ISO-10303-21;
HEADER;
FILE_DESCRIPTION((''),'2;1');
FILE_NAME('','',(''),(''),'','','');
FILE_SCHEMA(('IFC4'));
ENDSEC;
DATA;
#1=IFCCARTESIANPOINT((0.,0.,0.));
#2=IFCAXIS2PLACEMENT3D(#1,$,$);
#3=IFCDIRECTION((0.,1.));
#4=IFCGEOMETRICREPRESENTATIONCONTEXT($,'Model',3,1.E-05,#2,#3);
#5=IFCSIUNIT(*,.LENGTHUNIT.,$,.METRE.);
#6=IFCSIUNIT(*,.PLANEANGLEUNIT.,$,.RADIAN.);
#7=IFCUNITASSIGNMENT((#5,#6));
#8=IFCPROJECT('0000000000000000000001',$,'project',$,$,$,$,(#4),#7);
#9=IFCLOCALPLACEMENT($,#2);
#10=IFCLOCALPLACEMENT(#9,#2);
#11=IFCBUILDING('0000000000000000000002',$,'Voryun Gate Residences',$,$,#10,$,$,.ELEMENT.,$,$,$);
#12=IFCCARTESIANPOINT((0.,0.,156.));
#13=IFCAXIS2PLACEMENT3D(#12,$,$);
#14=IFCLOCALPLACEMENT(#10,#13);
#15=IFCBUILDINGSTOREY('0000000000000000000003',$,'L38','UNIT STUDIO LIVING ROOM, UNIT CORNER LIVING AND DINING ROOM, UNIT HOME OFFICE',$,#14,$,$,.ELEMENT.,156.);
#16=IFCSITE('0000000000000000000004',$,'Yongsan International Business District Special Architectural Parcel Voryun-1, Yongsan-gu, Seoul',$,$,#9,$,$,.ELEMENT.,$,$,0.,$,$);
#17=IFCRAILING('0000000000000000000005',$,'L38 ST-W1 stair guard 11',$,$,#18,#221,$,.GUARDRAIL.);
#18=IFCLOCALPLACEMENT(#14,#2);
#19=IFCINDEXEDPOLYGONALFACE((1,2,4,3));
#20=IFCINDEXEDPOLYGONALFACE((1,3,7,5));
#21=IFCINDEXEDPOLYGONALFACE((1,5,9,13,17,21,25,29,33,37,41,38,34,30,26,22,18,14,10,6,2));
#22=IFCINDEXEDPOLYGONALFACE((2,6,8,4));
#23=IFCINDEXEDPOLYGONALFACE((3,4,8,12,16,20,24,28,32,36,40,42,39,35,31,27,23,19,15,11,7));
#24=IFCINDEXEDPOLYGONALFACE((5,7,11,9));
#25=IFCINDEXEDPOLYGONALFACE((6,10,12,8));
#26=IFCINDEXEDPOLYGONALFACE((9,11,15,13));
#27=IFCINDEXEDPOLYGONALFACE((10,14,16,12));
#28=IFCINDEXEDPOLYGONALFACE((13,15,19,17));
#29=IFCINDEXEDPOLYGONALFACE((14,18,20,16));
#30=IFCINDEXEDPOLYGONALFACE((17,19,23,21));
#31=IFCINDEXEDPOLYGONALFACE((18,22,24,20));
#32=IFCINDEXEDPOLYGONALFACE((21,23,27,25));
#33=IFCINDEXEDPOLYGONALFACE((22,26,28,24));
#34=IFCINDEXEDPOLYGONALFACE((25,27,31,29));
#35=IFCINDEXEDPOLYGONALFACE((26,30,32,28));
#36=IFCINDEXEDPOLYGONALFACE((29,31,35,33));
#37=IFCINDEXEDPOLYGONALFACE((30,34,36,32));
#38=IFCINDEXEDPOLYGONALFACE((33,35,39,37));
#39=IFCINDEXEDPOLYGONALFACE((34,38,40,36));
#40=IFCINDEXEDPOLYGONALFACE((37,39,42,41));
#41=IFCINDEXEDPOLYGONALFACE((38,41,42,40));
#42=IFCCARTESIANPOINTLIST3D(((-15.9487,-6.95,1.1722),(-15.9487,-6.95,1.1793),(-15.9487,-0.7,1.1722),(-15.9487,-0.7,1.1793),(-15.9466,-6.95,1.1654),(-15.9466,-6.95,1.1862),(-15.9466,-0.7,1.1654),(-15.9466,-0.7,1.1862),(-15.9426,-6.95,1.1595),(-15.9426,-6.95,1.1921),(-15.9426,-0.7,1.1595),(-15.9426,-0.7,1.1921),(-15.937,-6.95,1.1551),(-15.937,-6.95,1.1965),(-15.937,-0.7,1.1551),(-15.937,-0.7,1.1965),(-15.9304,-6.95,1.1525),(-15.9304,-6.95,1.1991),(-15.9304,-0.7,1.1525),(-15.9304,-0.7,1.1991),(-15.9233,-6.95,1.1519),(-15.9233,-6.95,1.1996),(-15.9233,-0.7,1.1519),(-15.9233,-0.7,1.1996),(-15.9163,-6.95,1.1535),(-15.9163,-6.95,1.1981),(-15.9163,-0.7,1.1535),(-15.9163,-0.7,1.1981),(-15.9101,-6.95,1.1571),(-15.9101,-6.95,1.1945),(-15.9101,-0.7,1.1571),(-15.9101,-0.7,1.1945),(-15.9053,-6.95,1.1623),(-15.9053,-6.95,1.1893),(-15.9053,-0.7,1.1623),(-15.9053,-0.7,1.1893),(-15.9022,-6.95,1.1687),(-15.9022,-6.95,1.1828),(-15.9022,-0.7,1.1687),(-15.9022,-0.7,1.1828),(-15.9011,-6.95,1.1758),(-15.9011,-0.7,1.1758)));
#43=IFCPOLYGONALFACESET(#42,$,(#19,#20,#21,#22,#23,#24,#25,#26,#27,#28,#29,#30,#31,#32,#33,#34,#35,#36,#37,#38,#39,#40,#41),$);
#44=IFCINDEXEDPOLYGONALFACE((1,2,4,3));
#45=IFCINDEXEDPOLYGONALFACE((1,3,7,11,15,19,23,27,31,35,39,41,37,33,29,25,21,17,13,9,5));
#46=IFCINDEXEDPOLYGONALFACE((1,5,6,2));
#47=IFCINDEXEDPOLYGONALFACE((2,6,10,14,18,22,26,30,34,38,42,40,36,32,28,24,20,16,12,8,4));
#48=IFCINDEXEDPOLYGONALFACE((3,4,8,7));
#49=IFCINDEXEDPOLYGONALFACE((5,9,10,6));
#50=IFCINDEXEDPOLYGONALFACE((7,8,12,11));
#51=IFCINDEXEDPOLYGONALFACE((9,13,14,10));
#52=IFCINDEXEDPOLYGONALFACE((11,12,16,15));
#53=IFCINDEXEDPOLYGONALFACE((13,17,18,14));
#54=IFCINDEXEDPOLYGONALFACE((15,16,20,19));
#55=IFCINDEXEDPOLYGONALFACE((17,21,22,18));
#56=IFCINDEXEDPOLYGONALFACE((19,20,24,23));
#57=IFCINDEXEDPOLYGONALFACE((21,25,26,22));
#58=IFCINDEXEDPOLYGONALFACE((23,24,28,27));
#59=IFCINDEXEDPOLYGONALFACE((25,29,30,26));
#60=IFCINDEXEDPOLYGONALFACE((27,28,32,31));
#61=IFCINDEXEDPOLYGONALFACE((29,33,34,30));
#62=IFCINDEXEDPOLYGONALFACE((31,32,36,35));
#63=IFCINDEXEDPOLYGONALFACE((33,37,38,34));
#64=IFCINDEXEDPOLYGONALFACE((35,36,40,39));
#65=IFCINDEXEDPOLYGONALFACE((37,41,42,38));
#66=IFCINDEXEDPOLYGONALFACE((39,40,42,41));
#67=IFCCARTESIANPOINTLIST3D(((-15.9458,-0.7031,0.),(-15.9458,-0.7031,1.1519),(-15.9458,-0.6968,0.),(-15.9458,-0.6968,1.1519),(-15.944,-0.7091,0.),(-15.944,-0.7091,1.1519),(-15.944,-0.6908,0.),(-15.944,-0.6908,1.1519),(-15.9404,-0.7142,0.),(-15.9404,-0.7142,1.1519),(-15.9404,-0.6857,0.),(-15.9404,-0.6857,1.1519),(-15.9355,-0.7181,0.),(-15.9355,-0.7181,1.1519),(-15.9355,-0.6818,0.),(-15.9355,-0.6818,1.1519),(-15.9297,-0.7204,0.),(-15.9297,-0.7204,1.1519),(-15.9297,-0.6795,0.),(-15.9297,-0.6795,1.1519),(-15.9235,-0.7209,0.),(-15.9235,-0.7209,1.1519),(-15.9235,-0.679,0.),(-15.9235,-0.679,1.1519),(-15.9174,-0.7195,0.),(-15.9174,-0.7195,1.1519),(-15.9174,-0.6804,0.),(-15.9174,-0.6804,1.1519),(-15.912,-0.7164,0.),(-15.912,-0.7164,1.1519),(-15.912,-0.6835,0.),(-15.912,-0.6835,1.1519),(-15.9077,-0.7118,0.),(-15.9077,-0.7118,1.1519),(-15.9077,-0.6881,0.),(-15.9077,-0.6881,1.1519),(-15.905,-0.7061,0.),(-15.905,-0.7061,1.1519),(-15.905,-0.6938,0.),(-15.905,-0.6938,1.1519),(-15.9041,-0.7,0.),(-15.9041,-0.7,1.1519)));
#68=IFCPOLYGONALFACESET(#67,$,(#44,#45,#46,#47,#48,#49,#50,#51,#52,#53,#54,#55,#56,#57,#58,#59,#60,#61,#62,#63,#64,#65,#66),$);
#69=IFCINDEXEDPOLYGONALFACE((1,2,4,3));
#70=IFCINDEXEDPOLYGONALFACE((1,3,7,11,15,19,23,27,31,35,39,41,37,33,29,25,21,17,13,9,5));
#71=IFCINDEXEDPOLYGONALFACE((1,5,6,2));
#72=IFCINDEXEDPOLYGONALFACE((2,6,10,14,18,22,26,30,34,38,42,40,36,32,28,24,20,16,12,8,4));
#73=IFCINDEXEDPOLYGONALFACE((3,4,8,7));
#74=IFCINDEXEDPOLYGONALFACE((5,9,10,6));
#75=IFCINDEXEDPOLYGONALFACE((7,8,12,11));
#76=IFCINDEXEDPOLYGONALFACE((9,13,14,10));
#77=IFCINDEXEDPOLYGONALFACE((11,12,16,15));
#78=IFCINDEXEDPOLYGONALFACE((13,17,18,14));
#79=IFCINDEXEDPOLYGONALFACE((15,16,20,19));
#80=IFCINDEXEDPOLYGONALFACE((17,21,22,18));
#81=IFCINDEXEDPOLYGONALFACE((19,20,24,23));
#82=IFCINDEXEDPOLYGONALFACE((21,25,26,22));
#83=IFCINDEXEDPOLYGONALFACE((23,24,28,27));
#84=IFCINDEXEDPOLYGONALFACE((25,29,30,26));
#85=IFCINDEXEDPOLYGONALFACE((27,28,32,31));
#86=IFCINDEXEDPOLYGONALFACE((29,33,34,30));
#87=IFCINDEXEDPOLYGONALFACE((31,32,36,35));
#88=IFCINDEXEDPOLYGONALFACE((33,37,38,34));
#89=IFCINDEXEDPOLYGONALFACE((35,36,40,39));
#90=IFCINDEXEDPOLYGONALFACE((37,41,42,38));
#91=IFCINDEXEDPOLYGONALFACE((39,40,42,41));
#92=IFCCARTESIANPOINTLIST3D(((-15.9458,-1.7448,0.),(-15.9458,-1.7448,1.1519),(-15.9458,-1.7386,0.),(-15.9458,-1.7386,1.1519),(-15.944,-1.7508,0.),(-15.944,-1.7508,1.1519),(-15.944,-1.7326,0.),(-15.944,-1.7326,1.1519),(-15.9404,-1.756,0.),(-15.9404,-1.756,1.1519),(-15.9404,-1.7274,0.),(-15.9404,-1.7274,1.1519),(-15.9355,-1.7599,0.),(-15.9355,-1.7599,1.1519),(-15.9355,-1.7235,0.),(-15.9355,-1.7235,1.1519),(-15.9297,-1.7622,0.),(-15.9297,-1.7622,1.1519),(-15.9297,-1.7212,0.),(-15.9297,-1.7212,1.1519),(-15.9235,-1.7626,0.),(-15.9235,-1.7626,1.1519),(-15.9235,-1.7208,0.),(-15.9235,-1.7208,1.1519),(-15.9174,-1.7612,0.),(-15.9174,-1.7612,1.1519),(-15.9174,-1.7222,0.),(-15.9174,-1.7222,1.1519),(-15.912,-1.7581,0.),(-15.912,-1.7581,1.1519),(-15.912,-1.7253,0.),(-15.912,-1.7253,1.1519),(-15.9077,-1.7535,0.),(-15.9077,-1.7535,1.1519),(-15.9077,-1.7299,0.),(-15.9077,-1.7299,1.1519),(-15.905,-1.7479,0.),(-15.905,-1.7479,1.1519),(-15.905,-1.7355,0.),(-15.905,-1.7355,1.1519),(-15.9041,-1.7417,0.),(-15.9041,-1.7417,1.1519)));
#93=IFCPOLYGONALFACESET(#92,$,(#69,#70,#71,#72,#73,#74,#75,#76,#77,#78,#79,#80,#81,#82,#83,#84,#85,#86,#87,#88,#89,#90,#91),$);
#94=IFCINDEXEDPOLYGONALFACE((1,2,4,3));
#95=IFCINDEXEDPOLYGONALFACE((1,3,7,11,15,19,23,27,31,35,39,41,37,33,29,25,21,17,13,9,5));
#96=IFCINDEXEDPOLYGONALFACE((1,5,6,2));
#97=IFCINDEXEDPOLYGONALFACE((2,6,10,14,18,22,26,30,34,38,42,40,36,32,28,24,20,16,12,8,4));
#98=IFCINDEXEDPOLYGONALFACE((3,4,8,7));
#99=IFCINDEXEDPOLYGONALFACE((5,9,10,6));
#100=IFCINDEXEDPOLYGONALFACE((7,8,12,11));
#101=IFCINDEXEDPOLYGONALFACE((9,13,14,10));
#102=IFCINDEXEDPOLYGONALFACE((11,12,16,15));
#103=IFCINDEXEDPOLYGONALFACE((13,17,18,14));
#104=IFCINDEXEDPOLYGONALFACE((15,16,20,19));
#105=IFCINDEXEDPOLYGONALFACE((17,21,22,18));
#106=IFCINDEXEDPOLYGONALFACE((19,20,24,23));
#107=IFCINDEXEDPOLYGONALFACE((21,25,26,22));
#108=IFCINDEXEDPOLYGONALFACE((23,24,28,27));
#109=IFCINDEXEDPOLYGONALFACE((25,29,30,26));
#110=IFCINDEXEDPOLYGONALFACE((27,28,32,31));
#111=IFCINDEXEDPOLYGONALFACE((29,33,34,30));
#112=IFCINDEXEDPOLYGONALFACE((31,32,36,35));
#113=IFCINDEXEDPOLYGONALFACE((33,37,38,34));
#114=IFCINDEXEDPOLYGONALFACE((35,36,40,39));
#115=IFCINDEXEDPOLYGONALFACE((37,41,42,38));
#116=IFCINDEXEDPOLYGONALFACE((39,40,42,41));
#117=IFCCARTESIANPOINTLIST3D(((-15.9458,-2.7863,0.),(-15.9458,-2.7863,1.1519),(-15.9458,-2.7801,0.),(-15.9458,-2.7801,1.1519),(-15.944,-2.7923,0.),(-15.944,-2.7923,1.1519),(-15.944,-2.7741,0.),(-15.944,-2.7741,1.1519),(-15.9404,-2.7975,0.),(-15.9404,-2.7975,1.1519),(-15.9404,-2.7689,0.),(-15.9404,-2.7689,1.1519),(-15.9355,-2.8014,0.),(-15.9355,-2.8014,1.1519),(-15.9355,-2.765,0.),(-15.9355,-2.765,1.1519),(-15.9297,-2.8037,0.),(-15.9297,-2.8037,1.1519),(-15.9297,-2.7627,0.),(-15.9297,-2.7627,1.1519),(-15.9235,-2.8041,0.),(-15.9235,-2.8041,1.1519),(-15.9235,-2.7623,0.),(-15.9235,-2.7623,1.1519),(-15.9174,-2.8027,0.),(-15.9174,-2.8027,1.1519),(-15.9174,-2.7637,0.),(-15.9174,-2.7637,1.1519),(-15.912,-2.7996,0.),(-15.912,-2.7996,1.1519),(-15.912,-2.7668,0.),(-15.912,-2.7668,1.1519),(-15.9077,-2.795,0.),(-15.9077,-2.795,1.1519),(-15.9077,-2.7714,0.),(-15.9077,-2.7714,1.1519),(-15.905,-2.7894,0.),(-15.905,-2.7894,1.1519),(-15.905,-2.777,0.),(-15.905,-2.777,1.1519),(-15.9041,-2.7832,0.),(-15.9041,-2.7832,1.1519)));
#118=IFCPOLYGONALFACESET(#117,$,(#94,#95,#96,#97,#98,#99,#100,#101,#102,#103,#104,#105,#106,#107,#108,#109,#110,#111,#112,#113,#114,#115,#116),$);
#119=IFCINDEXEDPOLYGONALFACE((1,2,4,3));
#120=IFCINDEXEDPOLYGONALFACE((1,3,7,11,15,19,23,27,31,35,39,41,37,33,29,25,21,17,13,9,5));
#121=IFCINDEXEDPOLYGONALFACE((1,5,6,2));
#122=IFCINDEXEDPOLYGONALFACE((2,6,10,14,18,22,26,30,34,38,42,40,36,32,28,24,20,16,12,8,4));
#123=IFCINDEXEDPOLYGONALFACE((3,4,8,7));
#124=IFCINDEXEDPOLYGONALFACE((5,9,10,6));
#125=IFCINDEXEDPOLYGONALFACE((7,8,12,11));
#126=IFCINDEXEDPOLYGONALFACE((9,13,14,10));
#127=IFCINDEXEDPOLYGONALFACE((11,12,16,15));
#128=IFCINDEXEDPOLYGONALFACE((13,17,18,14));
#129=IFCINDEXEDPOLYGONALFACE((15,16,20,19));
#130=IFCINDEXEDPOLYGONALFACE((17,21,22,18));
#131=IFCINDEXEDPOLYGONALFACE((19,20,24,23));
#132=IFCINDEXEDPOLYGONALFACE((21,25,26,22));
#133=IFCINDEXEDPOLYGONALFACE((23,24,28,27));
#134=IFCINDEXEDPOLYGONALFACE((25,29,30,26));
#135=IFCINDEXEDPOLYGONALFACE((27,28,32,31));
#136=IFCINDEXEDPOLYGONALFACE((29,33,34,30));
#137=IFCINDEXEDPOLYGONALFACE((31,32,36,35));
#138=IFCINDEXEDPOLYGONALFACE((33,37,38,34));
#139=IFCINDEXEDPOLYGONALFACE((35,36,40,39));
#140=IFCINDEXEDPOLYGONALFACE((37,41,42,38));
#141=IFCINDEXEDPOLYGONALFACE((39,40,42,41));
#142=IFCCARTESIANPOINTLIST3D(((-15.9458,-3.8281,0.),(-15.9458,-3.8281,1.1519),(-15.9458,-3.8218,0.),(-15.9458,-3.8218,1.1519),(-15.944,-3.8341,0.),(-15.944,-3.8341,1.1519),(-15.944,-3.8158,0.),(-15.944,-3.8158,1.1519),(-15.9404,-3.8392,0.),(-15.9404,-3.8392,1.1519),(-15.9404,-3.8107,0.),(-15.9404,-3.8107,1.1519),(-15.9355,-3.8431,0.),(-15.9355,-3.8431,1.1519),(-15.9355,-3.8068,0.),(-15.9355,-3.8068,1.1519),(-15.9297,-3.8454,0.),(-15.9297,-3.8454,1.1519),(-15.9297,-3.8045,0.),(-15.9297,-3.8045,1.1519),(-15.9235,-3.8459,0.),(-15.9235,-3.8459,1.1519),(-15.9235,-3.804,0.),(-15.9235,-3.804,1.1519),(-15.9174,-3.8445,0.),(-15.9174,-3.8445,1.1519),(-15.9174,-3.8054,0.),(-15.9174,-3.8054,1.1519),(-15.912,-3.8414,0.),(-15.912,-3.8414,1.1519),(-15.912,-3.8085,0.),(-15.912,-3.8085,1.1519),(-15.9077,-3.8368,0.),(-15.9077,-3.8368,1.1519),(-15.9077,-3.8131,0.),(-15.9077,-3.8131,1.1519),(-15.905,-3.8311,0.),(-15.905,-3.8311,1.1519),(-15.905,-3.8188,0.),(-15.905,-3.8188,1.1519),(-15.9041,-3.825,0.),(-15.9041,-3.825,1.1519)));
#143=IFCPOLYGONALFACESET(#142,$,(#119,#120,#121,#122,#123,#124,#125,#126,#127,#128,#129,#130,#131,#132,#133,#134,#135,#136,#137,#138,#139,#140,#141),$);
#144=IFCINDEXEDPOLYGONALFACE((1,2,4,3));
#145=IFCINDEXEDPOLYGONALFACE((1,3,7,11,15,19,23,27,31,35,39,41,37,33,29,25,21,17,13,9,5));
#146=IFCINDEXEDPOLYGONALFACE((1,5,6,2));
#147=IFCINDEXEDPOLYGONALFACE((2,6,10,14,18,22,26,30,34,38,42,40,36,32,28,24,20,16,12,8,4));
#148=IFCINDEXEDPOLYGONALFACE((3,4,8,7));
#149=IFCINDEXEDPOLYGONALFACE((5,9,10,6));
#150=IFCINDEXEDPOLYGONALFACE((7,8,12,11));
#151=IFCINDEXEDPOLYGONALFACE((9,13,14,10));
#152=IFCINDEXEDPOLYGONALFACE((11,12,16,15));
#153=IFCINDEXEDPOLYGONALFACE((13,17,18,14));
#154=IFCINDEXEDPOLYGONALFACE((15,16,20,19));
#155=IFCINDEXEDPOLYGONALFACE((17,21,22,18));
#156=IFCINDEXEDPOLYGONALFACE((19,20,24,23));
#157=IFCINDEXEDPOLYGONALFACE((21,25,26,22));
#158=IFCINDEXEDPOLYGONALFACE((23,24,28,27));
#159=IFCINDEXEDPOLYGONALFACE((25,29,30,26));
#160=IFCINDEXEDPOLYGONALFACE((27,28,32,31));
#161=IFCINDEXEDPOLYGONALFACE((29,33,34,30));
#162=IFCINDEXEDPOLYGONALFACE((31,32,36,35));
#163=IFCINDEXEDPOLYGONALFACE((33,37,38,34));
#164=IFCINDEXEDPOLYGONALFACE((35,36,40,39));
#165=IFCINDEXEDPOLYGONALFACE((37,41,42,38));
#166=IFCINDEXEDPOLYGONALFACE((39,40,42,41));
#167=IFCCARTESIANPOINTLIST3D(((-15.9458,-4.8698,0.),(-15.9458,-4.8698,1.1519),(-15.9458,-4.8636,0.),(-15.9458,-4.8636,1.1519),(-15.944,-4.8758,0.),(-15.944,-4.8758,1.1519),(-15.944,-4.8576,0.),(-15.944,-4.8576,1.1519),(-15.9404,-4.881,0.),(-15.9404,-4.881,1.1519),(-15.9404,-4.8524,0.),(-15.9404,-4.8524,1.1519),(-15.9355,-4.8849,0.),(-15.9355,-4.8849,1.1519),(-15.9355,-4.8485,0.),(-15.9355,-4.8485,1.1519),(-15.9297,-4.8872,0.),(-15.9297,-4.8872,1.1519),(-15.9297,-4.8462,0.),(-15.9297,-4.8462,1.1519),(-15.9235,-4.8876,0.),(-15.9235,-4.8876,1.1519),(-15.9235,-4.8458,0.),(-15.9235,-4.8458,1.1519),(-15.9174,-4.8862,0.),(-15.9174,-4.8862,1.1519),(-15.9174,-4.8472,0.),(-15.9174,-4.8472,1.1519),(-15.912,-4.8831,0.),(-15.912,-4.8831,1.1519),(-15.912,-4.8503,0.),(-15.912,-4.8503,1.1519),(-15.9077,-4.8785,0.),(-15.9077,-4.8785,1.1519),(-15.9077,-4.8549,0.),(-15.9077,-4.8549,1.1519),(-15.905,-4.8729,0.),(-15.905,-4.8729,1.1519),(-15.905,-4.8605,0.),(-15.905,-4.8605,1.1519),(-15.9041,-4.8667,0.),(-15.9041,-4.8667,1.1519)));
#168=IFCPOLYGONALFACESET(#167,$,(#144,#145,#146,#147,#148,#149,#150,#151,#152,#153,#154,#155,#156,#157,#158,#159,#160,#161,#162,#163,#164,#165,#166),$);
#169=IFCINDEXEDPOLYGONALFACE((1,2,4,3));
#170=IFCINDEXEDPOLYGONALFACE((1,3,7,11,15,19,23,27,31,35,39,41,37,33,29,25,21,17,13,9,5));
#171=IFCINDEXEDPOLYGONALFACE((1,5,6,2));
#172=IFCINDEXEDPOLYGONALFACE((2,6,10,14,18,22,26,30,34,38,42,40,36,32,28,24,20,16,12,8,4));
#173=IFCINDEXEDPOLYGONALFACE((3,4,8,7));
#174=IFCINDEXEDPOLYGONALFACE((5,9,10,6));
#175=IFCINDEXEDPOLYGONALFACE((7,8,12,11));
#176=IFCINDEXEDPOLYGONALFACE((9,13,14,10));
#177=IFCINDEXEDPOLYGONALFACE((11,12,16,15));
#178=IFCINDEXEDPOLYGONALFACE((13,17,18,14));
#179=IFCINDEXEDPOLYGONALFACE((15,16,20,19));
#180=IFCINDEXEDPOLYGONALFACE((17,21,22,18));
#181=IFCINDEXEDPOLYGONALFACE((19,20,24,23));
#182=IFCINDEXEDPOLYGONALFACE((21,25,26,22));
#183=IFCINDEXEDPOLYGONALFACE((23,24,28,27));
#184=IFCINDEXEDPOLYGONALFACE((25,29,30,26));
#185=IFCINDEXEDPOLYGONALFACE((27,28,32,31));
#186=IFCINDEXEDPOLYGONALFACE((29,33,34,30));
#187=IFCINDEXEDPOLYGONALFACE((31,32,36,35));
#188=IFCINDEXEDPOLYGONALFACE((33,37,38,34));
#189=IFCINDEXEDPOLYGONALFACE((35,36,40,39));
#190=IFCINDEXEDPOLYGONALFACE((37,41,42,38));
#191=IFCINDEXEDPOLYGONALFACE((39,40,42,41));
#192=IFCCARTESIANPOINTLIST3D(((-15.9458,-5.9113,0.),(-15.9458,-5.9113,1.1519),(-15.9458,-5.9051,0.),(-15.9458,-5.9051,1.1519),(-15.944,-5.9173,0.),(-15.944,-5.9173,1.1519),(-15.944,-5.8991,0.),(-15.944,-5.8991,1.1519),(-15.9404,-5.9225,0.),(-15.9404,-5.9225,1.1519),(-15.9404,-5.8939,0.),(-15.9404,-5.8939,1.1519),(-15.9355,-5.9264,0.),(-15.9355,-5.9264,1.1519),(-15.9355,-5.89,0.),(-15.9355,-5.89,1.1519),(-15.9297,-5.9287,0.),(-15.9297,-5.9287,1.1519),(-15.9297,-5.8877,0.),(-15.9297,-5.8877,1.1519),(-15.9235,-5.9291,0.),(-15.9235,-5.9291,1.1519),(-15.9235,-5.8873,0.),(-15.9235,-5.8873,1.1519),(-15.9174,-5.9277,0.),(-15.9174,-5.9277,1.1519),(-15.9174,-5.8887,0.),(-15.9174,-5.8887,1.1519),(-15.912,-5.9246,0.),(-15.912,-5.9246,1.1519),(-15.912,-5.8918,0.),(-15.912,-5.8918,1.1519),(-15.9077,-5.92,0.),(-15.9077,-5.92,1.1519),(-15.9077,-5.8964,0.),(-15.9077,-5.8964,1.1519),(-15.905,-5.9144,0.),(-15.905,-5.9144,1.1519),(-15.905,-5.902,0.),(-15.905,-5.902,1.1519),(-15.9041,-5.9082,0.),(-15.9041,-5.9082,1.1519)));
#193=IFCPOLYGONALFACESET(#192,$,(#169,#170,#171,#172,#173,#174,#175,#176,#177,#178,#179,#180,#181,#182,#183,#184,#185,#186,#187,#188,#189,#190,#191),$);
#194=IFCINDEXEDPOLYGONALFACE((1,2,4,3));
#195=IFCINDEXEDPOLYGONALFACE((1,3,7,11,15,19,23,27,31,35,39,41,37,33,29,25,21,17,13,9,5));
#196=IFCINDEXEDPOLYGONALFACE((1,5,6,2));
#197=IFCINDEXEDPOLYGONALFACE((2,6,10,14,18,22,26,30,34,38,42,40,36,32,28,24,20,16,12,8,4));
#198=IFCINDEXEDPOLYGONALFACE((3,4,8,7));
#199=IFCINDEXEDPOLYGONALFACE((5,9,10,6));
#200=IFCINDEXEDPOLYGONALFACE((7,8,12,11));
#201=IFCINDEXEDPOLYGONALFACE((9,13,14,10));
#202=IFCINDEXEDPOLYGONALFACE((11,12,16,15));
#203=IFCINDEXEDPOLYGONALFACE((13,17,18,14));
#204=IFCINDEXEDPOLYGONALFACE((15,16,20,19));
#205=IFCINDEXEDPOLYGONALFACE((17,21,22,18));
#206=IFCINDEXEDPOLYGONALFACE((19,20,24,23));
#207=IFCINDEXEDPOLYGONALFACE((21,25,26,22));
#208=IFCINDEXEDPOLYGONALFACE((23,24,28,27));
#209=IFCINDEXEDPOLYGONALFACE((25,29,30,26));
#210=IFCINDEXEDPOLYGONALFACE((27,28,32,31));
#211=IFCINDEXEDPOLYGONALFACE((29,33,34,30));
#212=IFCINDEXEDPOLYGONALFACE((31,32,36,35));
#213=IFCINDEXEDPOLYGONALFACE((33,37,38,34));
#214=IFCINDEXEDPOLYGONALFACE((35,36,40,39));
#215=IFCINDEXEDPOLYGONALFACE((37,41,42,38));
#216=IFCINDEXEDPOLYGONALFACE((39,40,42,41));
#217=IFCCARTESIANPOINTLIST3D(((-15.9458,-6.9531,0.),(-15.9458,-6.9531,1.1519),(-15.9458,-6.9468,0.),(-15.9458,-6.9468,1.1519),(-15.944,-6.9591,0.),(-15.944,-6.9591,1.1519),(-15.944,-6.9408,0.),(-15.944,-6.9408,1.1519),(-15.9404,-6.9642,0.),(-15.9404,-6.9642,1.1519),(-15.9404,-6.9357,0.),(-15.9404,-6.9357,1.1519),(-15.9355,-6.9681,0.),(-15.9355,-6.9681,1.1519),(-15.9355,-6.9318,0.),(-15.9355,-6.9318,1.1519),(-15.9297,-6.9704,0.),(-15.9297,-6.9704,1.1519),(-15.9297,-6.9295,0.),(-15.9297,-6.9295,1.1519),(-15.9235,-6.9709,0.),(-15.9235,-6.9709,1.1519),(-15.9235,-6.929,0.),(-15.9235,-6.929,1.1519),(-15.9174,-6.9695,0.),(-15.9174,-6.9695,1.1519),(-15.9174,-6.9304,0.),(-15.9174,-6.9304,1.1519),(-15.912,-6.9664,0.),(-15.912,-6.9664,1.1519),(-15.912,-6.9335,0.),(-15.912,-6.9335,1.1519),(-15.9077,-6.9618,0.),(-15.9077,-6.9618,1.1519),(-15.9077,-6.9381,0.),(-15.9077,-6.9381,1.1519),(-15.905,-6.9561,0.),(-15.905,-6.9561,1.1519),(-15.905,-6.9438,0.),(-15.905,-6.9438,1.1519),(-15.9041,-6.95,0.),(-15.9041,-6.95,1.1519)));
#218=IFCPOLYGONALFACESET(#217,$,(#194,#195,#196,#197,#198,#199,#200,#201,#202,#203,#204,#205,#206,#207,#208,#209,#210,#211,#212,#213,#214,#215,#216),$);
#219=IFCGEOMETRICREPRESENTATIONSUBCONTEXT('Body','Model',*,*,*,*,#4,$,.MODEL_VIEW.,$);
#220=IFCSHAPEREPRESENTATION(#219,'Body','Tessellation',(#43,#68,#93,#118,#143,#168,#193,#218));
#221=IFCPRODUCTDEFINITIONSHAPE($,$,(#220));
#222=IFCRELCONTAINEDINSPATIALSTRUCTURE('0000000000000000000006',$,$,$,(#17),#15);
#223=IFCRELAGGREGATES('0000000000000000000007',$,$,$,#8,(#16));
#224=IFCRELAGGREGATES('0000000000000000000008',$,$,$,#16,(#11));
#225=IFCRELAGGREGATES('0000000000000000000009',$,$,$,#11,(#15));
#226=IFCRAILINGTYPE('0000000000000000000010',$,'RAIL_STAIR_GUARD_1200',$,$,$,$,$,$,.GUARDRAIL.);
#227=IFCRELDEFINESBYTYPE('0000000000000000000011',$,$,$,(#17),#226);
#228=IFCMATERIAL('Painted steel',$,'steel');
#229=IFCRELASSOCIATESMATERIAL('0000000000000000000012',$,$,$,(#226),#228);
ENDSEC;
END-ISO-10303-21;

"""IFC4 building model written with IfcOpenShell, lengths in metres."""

from ifc_helpers import new_model, si_unit, direction, frame, origin, origin_2d, place, context, subcontext, project, spatial, circle, extrude, material, type_object, element, save


model = new_model("IFC4")

# Units and contexts
model_context = context("Model", 3, precision=1e-05, world=origin(), true_north=direction((0.0, 1.0)))
body_context = subcontext(model_context, "Body", "Model", "MODEL_VIEW")
ifc_project = project(units=[si_unit("LENGTHUNIT", "METRE"), si_unit("PLANEANGLEUNIT", "RADIAN")], contexts=[model_context])

# Site, building, storey
site_placement = place(None, origin())
site = spatial("IfcSite", under=ifc_project, at=site_placement, Name="Yongsan International Business District Special Architectural Parcel Voryun-1, Yongsan-gu, Seoul", CompositionType="ELEMENT", RefElevation=0.0)
building_placement = place(site_placement, origin())
building = spatial("IfcBuilding", under=site, at=building_placement, Name="Voryun Gate Residences", CompositionType="ELEMENT")
storey_placement = place(building_placement, frame((0.0, 0.0, 156.0)))
storey = spatial("IfcBuildingStorey", under=building, at=storey_placement, Name="L38", Description="UNIT STUDIO LIVING ROOM, UNIT CORNER LIVING AND DINING ROOM, UNIT HOME OFFICE", CompositionType="ELEMENT", Elevation=156.0)

# Railing
ifc_material_1 = material(Name="Painted steel", Category="steel")
railing_type = type_object("IfcRailingType", Name="RAIL_STAIR_GUARD_1200", PredefinedType="GUARDRAIL", material=ifc_material_1)
railing_1_placement = place(storey_placement, frame((-15.925, -0.7, 0.0)))
element("IfcRailing", 1, at=railing_1_placement, inside=storey, type_object=railing_type, Name="L38 ST-W1 stair guard 11", PredefinedType="GUARDRAIL", context=body_context, shape_type="SweptSolid", body=[
    extrude(circle(Radius=0.0239, at=origin_2d()), frame((0.0, 0.0, 1.1758), z_axis=(0.0, -1.0, 0.0), x_axis=(1.0, 0.0, 0.0)), (0.0, 0.0, 1.0), 6.25),
    extrude(circle(Radius=0.021, at=origin_2d()), origin(), (0.0, 0.0, 1.0), 1.1519),
    extrude(circle(Radius=0.021, at=origin_2d()), frame((0.0, -1.0417, 0.0)), (0.0, 0.0, 1.0), 1.1519),
    extrude(circle(Radius=0.021, at=origin_2d()), frame((0.0, -2.0833, 0.0)), (0.0, 0.0, 1.0), 1.1519),
    extrude(circle(Radius=0.021, at=origin_2d()), frame((0.0, -3.125, 0.0)), (0.0, 0.0, 1.0), 1.1519),
    extrude(circle(Radius=0.021, at=origin_2d()), frame((0.0, -4.1667, 0.0)), (0.0, 0.0, 1.0), 1.1519),
    extrude(circle(Radius=0.021, at=origin_2d()), frame((0.0, -5.2083, 0.0)), (0.0, 0.0, 1.0), 1.1519),
    extrude(circle(Radius=0.021, at=origin_2d()), frame((0.0, -6.25, 0.0)), (0.0, 0.0, 1.0), 1.1519),
])

save(model, "model.ifc")
